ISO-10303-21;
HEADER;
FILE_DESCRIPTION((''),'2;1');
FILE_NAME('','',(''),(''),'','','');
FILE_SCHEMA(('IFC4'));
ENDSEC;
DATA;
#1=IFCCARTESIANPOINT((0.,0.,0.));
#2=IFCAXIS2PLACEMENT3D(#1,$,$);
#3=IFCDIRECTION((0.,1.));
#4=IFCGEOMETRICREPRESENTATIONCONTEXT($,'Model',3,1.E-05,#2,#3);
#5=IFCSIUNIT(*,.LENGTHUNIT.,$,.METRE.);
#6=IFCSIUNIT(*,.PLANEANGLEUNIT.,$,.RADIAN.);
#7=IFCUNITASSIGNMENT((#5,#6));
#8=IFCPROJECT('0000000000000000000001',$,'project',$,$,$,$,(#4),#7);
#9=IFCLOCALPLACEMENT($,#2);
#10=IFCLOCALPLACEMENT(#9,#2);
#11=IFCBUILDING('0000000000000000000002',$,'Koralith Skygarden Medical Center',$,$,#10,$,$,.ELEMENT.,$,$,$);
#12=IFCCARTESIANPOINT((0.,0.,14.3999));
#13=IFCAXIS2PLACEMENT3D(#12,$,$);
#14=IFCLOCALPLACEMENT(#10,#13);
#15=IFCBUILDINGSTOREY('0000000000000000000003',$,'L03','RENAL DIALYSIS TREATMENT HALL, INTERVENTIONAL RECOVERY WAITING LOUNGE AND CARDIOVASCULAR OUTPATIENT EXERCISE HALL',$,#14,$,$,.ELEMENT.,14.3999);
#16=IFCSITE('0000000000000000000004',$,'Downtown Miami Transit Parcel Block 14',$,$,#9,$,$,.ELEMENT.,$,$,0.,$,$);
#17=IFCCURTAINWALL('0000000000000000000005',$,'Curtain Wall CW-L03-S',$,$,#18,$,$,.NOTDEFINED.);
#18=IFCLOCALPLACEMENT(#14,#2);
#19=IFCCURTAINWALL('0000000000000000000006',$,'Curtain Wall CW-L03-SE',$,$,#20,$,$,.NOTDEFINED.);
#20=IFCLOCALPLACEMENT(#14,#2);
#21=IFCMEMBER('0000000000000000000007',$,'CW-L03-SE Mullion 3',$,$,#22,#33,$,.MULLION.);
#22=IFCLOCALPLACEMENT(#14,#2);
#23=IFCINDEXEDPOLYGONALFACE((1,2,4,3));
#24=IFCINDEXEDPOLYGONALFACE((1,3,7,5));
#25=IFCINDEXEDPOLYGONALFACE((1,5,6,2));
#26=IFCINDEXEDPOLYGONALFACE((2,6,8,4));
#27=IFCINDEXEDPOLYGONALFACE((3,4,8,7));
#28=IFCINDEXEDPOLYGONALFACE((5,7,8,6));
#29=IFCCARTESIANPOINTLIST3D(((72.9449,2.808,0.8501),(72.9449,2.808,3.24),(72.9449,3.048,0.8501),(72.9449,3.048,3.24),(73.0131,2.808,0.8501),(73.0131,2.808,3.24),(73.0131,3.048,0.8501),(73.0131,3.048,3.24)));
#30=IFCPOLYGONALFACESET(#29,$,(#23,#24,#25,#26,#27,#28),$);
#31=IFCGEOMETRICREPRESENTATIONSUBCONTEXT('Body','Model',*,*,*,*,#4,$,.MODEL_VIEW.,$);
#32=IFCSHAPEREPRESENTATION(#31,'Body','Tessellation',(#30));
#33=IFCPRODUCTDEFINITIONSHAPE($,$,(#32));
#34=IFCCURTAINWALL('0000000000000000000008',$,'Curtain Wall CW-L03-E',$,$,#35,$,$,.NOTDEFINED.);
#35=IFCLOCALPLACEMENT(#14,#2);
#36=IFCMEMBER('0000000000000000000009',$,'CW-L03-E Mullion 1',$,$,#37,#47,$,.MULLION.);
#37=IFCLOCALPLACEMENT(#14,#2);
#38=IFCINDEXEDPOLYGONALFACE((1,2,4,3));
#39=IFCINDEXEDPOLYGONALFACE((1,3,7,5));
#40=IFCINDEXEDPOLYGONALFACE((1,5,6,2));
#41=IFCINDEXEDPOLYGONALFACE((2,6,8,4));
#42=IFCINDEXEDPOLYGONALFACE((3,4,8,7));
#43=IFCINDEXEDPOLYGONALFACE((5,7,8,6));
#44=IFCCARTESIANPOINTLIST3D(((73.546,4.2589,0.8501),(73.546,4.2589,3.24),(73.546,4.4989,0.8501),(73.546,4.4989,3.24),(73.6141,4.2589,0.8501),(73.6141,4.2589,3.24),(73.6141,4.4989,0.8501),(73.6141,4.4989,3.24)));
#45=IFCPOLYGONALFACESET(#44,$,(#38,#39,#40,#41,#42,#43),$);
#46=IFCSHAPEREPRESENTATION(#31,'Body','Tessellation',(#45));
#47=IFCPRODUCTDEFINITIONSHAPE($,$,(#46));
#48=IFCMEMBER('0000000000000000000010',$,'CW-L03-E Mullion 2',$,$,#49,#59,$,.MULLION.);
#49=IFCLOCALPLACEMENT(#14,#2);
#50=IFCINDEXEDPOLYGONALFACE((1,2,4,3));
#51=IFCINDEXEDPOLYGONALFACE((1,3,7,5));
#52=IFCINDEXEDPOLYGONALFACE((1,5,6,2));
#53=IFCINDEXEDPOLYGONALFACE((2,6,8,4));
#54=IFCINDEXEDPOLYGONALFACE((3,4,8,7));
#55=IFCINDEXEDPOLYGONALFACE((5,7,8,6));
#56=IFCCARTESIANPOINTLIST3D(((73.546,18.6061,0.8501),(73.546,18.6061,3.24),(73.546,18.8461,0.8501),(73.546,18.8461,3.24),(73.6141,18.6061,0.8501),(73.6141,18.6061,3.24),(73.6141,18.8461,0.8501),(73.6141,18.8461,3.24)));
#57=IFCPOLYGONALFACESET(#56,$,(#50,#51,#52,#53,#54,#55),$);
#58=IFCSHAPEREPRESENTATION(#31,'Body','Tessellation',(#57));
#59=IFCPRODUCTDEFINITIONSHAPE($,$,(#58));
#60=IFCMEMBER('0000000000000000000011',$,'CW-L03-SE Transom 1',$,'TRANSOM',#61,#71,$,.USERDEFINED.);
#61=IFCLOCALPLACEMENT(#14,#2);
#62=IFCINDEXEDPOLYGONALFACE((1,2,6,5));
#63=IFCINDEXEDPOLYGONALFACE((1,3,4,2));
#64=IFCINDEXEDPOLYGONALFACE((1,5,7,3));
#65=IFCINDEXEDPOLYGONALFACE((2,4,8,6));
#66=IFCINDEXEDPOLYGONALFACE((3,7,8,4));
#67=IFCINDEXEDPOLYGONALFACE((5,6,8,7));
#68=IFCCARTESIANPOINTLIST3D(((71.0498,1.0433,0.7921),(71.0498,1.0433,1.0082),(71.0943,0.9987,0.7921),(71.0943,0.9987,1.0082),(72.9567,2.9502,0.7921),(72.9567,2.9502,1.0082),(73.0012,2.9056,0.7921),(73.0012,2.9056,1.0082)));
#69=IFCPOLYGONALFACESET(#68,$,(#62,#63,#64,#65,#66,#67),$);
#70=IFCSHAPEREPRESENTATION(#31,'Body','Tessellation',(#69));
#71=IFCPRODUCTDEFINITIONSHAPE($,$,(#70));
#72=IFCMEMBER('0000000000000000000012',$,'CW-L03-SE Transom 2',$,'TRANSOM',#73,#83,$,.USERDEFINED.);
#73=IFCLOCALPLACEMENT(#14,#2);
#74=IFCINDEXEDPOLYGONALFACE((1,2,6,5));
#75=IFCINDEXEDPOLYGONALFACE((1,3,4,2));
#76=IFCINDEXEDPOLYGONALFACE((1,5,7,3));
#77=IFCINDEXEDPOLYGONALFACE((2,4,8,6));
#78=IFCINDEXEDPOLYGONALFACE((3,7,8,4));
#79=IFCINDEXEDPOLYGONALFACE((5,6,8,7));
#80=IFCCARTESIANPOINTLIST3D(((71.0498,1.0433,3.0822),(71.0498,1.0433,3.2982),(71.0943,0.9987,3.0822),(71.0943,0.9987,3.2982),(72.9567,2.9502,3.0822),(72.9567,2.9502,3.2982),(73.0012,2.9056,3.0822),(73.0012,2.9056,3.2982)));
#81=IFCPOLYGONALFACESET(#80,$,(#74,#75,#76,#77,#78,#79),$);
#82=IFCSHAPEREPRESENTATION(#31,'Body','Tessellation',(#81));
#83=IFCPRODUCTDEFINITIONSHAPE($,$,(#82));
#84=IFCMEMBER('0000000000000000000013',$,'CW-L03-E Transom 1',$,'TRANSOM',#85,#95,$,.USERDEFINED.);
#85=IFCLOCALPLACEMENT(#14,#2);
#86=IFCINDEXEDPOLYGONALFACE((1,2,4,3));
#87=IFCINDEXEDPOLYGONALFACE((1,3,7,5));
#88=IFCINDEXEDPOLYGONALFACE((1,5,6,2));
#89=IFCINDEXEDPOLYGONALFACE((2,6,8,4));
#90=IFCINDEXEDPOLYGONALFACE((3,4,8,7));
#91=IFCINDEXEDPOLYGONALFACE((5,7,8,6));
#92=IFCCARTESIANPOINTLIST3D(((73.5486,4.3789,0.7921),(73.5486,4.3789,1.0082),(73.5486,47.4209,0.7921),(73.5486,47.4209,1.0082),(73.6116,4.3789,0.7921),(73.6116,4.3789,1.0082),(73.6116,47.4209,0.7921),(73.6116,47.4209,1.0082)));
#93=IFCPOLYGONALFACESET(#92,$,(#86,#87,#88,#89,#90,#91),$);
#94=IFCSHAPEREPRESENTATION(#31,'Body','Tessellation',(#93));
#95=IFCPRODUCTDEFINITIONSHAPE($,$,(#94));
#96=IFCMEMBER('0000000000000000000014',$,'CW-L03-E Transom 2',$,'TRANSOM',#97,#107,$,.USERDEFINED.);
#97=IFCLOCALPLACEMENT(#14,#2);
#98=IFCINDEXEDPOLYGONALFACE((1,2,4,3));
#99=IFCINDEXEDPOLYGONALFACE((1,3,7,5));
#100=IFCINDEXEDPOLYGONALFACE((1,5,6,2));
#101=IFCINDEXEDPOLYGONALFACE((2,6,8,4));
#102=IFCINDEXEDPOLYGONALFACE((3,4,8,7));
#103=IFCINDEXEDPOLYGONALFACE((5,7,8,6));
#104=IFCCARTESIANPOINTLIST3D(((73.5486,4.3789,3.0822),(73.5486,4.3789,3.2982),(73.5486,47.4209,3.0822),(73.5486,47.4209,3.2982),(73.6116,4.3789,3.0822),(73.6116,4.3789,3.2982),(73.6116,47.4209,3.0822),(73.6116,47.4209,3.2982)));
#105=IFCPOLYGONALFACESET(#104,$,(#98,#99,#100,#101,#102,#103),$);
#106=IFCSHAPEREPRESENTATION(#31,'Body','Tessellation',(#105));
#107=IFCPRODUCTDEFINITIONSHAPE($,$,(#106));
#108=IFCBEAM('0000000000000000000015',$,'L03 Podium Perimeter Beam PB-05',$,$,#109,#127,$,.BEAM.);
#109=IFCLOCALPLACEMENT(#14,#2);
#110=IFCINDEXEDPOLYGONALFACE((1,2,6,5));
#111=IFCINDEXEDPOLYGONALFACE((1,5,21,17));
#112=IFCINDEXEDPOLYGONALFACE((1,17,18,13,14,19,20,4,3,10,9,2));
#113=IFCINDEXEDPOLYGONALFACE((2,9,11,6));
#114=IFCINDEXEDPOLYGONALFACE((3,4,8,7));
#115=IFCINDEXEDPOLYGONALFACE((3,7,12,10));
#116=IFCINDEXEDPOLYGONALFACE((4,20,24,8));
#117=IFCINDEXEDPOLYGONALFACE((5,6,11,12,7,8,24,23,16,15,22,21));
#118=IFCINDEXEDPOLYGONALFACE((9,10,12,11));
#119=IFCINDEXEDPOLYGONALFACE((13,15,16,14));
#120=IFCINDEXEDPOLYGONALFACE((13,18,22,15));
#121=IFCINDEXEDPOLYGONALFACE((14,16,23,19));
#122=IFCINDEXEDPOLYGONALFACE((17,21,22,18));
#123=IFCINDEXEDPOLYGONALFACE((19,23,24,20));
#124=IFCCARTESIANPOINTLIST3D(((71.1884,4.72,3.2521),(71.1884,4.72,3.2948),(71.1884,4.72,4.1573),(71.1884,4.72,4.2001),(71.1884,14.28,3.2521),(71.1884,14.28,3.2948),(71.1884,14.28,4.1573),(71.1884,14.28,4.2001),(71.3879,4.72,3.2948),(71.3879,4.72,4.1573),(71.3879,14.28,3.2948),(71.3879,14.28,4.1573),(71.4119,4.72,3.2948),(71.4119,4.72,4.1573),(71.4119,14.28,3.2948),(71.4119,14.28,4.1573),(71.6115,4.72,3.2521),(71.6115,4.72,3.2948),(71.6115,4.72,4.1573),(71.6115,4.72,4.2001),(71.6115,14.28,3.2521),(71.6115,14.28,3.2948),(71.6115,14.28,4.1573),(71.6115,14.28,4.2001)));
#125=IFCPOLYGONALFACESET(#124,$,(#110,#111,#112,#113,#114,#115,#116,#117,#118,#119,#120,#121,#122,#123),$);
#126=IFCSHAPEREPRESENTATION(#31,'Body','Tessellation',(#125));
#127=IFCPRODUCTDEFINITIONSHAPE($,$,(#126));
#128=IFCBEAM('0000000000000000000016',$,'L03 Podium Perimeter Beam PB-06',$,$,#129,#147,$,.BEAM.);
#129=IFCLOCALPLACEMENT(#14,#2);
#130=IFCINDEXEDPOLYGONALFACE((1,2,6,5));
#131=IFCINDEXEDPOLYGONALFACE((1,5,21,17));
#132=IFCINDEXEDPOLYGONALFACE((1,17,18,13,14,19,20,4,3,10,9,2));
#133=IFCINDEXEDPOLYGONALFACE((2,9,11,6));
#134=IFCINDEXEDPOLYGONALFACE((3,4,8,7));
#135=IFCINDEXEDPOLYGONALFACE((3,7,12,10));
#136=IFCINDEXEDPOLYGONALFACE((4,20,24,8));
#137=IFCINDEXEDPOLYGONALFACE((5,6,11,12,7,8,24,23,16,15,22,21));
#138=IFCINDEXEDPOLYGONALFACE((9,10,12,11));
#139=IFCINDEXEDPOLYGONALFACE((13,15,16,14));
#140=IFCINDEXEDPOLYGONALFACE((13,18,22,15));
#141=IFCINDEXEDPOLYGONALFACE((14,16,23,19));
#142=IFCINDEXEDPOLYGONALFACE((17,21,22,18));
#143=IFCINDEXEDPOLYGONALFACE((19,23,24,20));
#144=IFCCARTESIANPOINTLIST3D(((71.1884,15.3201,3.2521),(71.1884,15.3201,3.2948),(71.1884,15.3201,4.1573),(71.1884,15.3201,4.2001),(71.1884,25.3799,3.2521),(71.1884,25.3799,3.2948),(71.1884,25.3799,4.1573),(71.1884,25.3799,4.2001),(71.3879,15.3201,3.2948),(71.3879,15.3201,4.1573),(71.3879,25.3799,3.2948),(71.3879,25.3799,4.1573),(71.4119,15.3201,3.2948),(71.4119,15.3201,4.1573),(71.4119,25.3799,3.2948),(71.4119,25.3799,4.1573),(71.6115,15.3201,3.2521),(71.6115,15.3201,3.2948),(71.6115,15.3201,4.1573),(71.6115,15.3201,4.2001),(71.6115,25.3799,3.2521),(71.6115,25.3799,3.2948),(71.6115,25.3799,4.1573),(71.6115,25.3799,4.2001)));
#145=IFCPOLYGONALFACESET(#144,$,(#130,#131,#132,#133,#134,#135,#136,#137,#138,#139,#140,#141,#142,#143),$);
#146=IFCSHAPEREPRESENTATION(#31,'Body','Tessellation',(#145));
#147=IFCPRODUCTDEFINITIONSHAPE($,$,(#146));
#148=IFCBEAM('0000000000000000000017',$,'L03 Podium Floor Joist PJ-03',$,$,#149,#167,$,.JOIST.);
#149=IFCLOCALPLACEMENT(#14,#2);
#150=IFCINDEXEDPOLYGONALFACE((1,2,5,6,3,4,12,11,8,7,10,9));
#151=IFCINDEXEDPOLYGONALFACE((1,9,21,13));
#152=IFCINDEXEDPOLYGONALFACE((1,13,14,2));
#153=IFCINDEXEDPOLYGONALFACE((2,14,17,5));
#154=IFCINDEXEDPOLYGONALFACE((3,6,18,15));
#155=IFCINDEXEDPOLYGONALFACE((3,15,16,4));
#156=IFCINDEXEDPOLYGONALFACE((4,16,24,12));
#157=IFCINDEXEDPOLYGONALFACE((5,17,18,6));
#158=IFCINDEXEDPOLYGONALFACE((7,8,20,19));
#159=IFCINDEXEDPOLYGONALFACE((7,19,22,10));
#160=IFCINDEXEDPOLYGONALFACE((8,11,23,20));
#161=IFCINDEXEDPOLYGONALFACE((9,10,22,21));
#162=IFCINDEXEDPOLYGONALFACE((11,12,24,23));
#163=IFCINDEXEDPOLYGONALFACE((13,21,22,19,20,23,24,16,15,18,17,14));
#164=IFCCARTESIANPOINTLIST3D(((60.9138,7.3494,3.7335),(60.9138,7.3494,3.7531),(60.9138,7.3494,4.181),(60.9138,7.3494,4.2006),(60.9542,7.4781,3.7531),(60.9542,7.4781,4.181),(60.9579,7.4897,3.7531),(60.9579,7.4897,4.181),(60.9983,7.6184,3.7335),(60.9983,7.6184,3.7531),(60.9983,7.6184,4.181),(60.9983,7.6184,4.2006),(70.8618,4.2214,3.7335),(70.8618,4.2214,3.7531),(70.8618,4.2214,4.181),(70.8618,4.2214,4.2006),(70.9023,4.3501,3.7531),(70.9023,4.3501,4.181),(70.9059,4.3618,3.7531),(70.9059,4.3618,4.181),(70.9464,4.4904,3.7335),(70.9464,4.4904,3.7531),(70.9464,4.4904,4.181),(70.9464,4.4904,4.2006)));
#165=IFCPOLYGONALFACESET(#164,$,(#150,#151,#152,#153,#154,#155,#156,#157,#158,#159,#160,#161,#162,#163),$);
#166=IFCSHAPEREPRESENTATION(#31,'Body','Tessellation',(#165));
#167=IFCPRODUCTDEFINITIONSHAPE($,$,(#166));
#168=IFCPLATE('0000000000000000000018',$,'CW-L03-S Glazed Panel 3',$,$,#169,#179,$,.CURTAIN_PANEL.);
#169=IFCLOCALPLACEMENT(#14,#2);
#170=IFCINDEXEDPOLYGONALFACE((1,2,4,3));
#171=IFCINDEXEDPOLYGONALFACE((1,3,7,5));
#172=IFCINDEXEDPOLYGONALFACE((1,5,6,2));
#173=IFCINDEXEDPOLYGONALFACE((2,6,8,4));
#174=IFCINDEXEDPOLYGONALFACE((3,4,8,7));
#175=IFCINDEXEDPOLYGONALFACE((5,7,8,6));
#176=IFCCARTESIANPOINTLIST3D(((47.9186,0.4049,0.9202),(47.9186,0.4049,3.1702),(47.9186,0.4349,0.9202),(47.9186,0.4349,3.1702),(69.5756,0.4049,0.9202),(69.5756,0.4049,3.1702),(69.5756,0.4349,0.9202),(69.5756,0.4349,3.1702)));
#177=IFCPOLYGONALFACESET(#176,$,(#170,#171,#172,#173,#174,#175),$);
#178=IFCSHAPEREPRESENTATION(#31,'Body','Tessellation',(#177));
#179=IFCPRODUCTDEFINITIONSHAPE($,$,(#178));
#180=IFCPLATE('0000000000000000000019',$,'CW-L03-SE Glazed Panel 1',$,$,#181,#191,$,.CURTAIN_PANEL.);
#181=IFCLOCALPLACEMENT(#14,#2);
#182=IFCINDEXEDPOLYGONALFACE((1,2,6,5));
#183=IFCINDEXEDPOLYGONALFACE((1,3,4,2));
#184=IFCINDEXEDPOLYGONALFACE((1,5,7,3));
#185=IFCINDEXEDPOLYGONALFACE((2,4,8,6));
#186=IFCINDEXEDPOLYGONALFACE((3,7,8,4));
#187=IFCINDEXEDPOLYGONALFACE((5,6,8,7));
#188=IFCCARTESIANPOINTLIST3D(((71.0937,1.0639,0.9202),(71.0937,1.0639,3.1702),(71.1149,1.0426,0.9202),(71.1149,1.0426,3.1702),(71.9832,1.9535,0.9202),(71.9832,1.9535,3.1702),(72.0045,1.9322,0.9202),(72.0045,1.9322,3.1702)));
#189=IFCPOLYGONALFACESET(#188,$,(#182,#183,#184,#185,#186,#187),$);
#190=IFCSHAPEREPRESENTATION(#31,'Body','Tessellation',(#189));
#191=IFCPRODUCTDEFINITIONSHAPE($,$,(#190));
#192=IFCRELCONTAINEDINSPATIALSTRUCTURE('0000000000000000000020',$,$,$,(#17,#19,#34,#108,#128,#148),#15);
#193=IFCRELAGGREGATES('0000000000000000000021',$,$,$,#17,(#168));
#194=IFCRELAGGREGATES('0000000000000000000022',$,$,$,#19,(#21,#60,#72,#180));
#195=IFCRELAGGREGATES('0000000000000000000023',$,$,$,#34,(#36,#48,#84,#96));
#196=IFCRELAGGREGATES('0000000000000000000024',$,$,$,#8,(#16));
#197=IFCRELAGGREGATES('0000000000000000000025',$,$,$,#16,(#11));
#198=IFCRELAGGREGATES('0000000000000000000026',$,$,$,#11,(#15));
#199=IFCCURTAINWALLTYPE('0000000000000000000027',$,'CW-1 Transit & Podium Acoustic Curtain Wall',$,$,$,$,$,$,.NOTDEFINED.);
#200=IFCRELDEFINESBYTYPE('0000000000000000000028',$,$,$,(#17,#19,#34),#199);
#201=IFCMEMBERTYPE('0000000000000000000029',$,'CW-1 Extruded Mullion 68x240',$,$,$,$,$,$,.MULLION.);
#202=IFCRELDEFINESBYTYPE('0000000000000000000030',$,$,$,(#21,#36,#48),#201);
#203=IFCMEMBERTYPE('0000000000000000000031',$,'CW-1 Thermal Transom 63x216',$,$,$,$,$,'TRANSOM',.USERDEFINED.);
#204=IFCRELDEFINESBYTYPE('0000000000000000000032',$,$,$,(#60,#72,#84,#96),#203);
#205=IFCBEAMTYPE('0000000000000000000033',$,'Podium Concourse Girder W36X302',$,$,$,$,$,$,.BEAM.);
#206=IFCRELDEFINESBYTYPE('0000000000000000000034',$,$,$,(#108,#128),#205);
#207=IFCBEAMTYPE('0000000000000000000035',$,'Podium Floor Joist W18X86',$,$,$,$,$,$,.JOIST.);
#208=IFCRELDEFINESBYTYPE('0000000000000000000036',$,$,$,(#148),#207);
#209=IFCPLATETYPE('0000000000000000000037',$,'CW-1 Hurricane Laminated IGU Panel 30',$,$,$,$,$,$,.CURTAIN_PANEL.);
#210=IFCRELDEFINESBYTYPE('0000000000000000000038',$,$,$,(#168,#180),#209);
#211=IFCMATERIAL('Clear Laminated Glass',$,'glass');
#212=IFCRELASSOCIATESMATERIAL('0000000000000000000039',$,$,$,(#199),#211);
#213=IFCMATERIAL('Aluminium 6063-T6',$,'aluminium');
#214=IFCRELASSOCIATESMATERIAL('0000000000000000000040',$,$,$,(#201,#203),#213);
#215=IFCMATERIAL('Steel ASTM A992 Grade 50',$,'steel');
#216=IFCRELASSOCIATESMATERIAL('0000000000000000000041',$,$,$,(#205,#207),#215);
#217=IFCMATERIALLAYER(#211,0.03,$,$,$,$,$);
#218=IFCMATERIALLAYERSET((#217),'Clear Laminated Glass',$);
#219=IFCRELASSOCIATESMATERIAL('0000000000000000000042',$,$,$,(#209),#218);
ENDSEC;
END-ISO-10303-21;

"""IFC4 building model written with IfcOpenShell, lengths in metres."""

from ifc_helpers import new_model, si_unit, direction, frame, origin, origin_2d, place, context, subcontext, project, spatial, rectangle, i_section, extrude, material, layer, layer_set, material_profile, profile_set, type_object, element, aggregate, save


model = new_model("IFC4")

# Units and contexts
model_context = context("Model", 3, precision=1e-05, world=origin(), true_north=direction((0.0, 1.0)))
body_context = subcontext(model_context, "Body", "Model", "MODEL_VIEW")
ifc_project = project(units=[si_unit("LENGTHUNIT", "METRE"), si_unit("PLANEANGLEUNIT", "RADIAN")], contexts=[model_context])

# Site, building, storey
site_placement = place(None, origin())
site = spatial("IfcSite", under=ifc_project, at=site_placement, Name="Downtown Miami Transit Parcel Block 14", CompositionType="ELEMENT", RefElevation=0.0)
building_placement = place(site_placement, origin())
building = spatial("IfcBuilding", under=site, at=building_placement, Name="Koralith Skygarden Medical Center", CompositionType="ELEMENT")
storey_placement = place(building_placement, frame((0.0, 0.0, 14.3999)))
storey = spatial("IfcBuildingStorey", under=building, at=storey_placement, Name="L03", Description="RENAL DIALYSIS TREATMENT HALL, INTERVENTIONAL RECOVERY WAITING LOUNGE AND CARDIOVASCULAR OUTPATIENT EXERCISE HALL", CompositionType="ELEMENT", Elevation=14.3999)

# Curtain wall
ifc_material_1 = material(Name="Clear Laminated Glass", Category="glass")
curtain_wall_type = type_object("IfcCurtainWallType", Name="CW-1 Transit & Podium Acoustic Curtain Wall", PredefinedType="NOTDEFINED", material=ifc_material_1)
curtain_wall_1_placement = place(storey_placement, origin())
curtain_wall_1 = element("IfcCurtainWall", 1, at=curtain_wall_1_placement, inside=storey, type_object=curtain_wall_type, Name="Curtain Wall CW-L03-S", PredefinedType="NOTDEFINED")
ifc_material_2 = material(Name="Aluminium 6063-T6", Category="aluminium")
ifc_material_profile_1 = material_profile(ifc_material_2, rectangle(XDim=0.0681, YDim=0.24, at=origin_2d()), Name="MUL68X240")
ifc_profile_set_1 = profile_set([ifc_material_profile_1], Name="Aluminium 6063-T6")
member_type_1 = type_object("IfcMemberType", Name="CW-1 Extruded Mullion 68x240", PredefinedType="MULLION", material=ifc_profile_set_1)

# Curtain walls, members
curtain_wall_2_placement = place(storey_placement, origin())
curtain_wall_2 = element("IfcCurtainWall", 2, at=curtain_wall_2_placement, inside=storey, type_object=curtain_wall_type, Name="Curtain Wall CW-L03-SE", PredefinedType="NOTDEFINED")
member_1_placement = place(storey_placement, frame((72.979, 2.928, 0.8501), z_axis=(0.0, 0.0, 1.0), x_axis=(1.0, 0.0, 0.0)))
member_1 = element("IfcMember", 3, at=member_1_placement, type_object=member_type_1, Name="CW-L03-SE Mullion 3", PredefinedType="MULLION", context=body_context, shape_type="SweptSolid", body=[
    extrude(rectangle(XDim=0.0681, YDim=0.24, at=origin_2d()), origin(), (0.0, 0.0, 1.0), 2.3899),
])
curtain_wall_3_placement = place(storey_placement, origin())
curtain_wall_3 = element("IfcCurtainWall", 4, at=curtain_wall_3_placement, inside=storey, type_object=curtain_wall_type, Name="Curtain Wall CW-L03-E", PredefinedType="NOTDEFINED")
member_2_placement = place(storey_placement, frame((73.5801, 4.3789, 0.8501), z_axis=(0.0, 0.0, 1.0), x_axis=(1.0, 0.0, 0.0)))
member_2 = element("IfcMember", 5, at=member_2_placement, type_object=member_type_1, Name="CW-L03-E Mullion 1", PredefinedType="MULLION", context=body_context, shape_type="SweptSolid", body=[
    extrude(rectangle(XDim=0.0681, YDim=0.24, at=origin_2d()), origin(), (0.0, 0.0, 1.0), 2.3899),
])
member_3_placement = place(storey_placement, frame((73.5801, 18.7261, 0.8501), z_axis=(0.0, 0.0, 1.0), x_axis=(1.0, 0.0, 0.0)))
member_3 = element("IfcMember", 6, at=member_3_placement, type_object=member_type_1, Name="CW-L03-E Mullion 2", PredefinedType="MULLION", context=body_context, shape_type="SweptSolid", body=[
    extrude(rectangle(XDim=0.0681, YDim=0.24, at=origin_2d()), origin(), (0.0, 0.0, 1.0), 2.3899),
])

# Members
ifc_material_profile_2 = material_profile(ifc_material_2, rectangle(XDim=0.063, YDim=0.2161, at=origin_2d()), Name="TRN63X216")
ifc_profile_set_2 = profile_set([ifc_material_profile_2], Name="Aluminium 6063-T6")
member_type_2 = type_object("IfcMemberType", Name="CW-1 Thermal Transom 63x216", ElementType="TRANSOM", PredefinedType="USERDEFINED", material=ifc_profile_set_2)
member_4_placement = place(storey_placement, frame((71.072, 1.021, 0.9001), z_axis=(0.707107, 0.707107, 0.0), x_axis=(-0.707107, 0.707107, 0.0)))
member_4 = element("IfcMember", 7, at=member_4_placement, type_object=member_type_2, Name="CW-L03-SE Transom 1", ObjectType="TRANSOM", PredefinedType="USERDEFINED", context=body_context, shape_type="SweptSolid", body=[
    extrude(rectangle(XDim=0.063, YDim=0.2161, at=origin_2d()), origin(), (0.0, 0.0, 1.0), 2.6968),
])
member_5_placement = place(storey_placement, frame((71.072, 1.021, 3.1902), z_axis=(0.707107, 0.707107, 0.0), x_axis=(-0.707107, 0.707107, 0.0)))
member_5 = element("IfcMember", 8, at=member_5_placement, type_object=member_type_2, Name="CW-L03-SE Transom 2", ObjectType="TRANSOM", PredefinedType="USERDEFINED", context=body_context, shape_type="SweptSolid", body=[
    extrude(rectangle(XDim=0.063, YDim=0.2161, at=origin_2d()), origin(), (0.0, 0.0, 1.0), 2.6968),
])
member_6_placement = place(storey_placement, frame((73.5801, 4.3789, 0.9001), z_axis=(0.0, 1.0, 0.0), x_axis=(-1.0, 0.0, 0.0)))
member_6 = element("IfcMember", 9, at=member_6_placement, type_object=member_type_2, Name="CW-L03-E Transom 1", ObjectType="TRANSOM", PredefinedType="USERDEFINED", context=body_context, shape_type="SweptSolid", body=[
    extrude(rectangle(XDim=0.063, YDim=0.2161, at=origin_2d()), origin(), (0.0, 0.0, 1.0), 43.042),
])
member_7_placement = place(storey_placement, frame((73.5801, 4.3789, 3.1902), z_axis=(0.0, 1.0, 0.0), x_axis=(-1.0, 0.0, 0.0)))
member_7 = element("IfcMember", 10, at=member_7_placement, type_object=member_type_2, Name="CW-L03-E Transom 2", ObjectType="TRANSOM", PredefinedType="USERDEFINED", context=body_context, shape_type="SweptSolid", body=[
    extrude(rectangle(XDim=0.063, YDim=0.2161, at=origin_2d()), origin(), (0.0, 0.0, 1.0), 43.042),
])

# Beams
ifc_material_3 = material(Name="Steel ASTM A992 Grade 50", Category="steel")
ifc_material_profile_3 = material_profile(ifc_material_3, i_section(OverallWidth=0.4231, OverallDepth=0.948, WebThickness=0.0239, FlangeThickness=0.0427, at=origin_2d()), Name="W36X302")
ifc_profile_set_3 = profile_set([ifc_material_profile_3], Name="Steel ASTM A992 Grade 50")
beam_type_1 = type_object("IfcBeamType", Name="Podium Concourse Girder W36X302", PredefinedType="BEAM", material=ifc_profile_set_3)
beam_1_placement = place(storey_placement, frame((71.3999, 4.72, 3.7261), z_axis=(0.0, 1.0, 0.0), x_axis=(-1.0, 0.0, 0.0)))
element("IfcBeam", 11, at=beam_1_placement, inside=storey, type_object=beam_type_1, Name="L03 Podium Perimeter Beam PB-05", PredefinedType="BEAM", context=body_context, shape_type="SweptSolid", body=[
    extrude(i_section(OverallWidth=0.4231, OverallDepth=0.948, WebThickness=0.0239, FlangeThickness=0.0427, at=origin_2d()), origin(), (0.0, 0.0, 1.0), 9.5601),
])
beam_2_placement = place(storey_placement, frame((71.3999, 15.3201, 3.7261), z_axis=(0.0, 1.0, 0.0), x_axis=(-1.0, 0.0, 0.0)))
element("IfcBeam", 12, at=beam_2_placement, inside=storey, type_object=beam_type_1, Name="L03 Podium Perimeter Beam PB-06", PredefinedType="BEAM", context=body_context, shape_type="SweptSolid", body=[
    extrude(i_section(OverallWidth=0.4231, OverallDepth=0.948, WebThickness=0.0239, FlangeThickness=0.0427, at=origin_2d()), origin(), (0.0, 0.0, 1.0), 10.0598),
])
ifc_material_profile_4 = material_profile(ifc_material_3, i_section(OverallWidth=0.282, OverallDepth=0.467, WebThickness=0.0122, FlangeThickness=0.0195, at=origin_2d()), Name="W18X86")
ifc_profile_set_4 = profile_set([ifc_material_profile_4], Name="Steel ASTM A992 Grade 50")
beam_type_2 = type_object("IfcBeamType", Name="Podium Floor Joist W18X86", PredefinedType="JOIST", material=ifc_profile_set_4)
beam_3_placement = place(storey_placement, frame((60.9561, 7.4839, 3.967), z_axis=(0.953955, -0.29995, 0.0), x_axis=(0.29995, 0.953955, 0.0)))
element("IfcBeam", 13, at=beam_3_placement, inside=storey, type_object=beam_type_2, Name="L03 Podium Floor Joist PJ-03", PredefinedType="JOIST", context=body_context, shape_type="SweptSolid", body=[
    extrude(i_section(OverallWidth=0.282, OverallDepth=0.467, WebThickness=0.0122, FlangeThickness=0.0195, at=origin_2d()), origin(), (0.0, 0.0, 1.0), 10.4282),
])

# Plates
ifc_layer_1 = layer(ifc_material_1, 0.03)
ifc_layer_set_1 = layer_set([ifc_layer_1], Name="Clear Laminated Glass")
plate_type_1 = type_object("IfcPlateType", Name="CW-1 Hurricane Laminated IGU Panel 30", PredefinedType="CURTAIN_PANEL", material=ifc_layer_set_1)
plate_1_placement = place(storey_placement, frame((58.7471, 0.4199, 0.9202), z_axis=(0.0, 0.0, 1.0), x_axis=(1.0, 0.0, 0.0)))
plate_1 = element("IfcPlate", 14, at=plate_1_placement, type_object=plate_type_1, Name="CW-L03-S Glazed Panel 3", PredefinedType="CURTAIN_PANEL", context=body_context, shape_type="SweptSolid", body=[
    extrude(rectangle(XDim=21.657, YDim=0.03, at=origin_2d()), origin(), (0.0, 0.0, 1.0), 2.25),
])
aggregate(curtain_wall_1, [plate_1])
plate_2_placement = place(storey_placement, frame((71.5491, 1.498, 0.9202), z_axis=(0.0, 0.0, 1.0), x_axis=(0.707107, 0.707107, 0.0)))
plate_2 = element("IfcPlate", 15, at=plate_2_placement, type_object=plate_type_1, Name="CW-L03-SE Glazed Panel 1", PredefinedType="CURTAIN_PANEL", context=body_context, shape_type="SweptSolid", body=[
    extrude(rectangle(XDim=1.2581, YDim=0.03, at=origin_2d()), origin(), (0.0, 0.0, 1.0), 2.25),
])
aggregate(curtain_wall_2, [member_1, member_4, member_5, plate_2])
aggregate(curtain_wall_3, [member_2, member_3, member_6, member_7])

save(model, "model.ifc")
